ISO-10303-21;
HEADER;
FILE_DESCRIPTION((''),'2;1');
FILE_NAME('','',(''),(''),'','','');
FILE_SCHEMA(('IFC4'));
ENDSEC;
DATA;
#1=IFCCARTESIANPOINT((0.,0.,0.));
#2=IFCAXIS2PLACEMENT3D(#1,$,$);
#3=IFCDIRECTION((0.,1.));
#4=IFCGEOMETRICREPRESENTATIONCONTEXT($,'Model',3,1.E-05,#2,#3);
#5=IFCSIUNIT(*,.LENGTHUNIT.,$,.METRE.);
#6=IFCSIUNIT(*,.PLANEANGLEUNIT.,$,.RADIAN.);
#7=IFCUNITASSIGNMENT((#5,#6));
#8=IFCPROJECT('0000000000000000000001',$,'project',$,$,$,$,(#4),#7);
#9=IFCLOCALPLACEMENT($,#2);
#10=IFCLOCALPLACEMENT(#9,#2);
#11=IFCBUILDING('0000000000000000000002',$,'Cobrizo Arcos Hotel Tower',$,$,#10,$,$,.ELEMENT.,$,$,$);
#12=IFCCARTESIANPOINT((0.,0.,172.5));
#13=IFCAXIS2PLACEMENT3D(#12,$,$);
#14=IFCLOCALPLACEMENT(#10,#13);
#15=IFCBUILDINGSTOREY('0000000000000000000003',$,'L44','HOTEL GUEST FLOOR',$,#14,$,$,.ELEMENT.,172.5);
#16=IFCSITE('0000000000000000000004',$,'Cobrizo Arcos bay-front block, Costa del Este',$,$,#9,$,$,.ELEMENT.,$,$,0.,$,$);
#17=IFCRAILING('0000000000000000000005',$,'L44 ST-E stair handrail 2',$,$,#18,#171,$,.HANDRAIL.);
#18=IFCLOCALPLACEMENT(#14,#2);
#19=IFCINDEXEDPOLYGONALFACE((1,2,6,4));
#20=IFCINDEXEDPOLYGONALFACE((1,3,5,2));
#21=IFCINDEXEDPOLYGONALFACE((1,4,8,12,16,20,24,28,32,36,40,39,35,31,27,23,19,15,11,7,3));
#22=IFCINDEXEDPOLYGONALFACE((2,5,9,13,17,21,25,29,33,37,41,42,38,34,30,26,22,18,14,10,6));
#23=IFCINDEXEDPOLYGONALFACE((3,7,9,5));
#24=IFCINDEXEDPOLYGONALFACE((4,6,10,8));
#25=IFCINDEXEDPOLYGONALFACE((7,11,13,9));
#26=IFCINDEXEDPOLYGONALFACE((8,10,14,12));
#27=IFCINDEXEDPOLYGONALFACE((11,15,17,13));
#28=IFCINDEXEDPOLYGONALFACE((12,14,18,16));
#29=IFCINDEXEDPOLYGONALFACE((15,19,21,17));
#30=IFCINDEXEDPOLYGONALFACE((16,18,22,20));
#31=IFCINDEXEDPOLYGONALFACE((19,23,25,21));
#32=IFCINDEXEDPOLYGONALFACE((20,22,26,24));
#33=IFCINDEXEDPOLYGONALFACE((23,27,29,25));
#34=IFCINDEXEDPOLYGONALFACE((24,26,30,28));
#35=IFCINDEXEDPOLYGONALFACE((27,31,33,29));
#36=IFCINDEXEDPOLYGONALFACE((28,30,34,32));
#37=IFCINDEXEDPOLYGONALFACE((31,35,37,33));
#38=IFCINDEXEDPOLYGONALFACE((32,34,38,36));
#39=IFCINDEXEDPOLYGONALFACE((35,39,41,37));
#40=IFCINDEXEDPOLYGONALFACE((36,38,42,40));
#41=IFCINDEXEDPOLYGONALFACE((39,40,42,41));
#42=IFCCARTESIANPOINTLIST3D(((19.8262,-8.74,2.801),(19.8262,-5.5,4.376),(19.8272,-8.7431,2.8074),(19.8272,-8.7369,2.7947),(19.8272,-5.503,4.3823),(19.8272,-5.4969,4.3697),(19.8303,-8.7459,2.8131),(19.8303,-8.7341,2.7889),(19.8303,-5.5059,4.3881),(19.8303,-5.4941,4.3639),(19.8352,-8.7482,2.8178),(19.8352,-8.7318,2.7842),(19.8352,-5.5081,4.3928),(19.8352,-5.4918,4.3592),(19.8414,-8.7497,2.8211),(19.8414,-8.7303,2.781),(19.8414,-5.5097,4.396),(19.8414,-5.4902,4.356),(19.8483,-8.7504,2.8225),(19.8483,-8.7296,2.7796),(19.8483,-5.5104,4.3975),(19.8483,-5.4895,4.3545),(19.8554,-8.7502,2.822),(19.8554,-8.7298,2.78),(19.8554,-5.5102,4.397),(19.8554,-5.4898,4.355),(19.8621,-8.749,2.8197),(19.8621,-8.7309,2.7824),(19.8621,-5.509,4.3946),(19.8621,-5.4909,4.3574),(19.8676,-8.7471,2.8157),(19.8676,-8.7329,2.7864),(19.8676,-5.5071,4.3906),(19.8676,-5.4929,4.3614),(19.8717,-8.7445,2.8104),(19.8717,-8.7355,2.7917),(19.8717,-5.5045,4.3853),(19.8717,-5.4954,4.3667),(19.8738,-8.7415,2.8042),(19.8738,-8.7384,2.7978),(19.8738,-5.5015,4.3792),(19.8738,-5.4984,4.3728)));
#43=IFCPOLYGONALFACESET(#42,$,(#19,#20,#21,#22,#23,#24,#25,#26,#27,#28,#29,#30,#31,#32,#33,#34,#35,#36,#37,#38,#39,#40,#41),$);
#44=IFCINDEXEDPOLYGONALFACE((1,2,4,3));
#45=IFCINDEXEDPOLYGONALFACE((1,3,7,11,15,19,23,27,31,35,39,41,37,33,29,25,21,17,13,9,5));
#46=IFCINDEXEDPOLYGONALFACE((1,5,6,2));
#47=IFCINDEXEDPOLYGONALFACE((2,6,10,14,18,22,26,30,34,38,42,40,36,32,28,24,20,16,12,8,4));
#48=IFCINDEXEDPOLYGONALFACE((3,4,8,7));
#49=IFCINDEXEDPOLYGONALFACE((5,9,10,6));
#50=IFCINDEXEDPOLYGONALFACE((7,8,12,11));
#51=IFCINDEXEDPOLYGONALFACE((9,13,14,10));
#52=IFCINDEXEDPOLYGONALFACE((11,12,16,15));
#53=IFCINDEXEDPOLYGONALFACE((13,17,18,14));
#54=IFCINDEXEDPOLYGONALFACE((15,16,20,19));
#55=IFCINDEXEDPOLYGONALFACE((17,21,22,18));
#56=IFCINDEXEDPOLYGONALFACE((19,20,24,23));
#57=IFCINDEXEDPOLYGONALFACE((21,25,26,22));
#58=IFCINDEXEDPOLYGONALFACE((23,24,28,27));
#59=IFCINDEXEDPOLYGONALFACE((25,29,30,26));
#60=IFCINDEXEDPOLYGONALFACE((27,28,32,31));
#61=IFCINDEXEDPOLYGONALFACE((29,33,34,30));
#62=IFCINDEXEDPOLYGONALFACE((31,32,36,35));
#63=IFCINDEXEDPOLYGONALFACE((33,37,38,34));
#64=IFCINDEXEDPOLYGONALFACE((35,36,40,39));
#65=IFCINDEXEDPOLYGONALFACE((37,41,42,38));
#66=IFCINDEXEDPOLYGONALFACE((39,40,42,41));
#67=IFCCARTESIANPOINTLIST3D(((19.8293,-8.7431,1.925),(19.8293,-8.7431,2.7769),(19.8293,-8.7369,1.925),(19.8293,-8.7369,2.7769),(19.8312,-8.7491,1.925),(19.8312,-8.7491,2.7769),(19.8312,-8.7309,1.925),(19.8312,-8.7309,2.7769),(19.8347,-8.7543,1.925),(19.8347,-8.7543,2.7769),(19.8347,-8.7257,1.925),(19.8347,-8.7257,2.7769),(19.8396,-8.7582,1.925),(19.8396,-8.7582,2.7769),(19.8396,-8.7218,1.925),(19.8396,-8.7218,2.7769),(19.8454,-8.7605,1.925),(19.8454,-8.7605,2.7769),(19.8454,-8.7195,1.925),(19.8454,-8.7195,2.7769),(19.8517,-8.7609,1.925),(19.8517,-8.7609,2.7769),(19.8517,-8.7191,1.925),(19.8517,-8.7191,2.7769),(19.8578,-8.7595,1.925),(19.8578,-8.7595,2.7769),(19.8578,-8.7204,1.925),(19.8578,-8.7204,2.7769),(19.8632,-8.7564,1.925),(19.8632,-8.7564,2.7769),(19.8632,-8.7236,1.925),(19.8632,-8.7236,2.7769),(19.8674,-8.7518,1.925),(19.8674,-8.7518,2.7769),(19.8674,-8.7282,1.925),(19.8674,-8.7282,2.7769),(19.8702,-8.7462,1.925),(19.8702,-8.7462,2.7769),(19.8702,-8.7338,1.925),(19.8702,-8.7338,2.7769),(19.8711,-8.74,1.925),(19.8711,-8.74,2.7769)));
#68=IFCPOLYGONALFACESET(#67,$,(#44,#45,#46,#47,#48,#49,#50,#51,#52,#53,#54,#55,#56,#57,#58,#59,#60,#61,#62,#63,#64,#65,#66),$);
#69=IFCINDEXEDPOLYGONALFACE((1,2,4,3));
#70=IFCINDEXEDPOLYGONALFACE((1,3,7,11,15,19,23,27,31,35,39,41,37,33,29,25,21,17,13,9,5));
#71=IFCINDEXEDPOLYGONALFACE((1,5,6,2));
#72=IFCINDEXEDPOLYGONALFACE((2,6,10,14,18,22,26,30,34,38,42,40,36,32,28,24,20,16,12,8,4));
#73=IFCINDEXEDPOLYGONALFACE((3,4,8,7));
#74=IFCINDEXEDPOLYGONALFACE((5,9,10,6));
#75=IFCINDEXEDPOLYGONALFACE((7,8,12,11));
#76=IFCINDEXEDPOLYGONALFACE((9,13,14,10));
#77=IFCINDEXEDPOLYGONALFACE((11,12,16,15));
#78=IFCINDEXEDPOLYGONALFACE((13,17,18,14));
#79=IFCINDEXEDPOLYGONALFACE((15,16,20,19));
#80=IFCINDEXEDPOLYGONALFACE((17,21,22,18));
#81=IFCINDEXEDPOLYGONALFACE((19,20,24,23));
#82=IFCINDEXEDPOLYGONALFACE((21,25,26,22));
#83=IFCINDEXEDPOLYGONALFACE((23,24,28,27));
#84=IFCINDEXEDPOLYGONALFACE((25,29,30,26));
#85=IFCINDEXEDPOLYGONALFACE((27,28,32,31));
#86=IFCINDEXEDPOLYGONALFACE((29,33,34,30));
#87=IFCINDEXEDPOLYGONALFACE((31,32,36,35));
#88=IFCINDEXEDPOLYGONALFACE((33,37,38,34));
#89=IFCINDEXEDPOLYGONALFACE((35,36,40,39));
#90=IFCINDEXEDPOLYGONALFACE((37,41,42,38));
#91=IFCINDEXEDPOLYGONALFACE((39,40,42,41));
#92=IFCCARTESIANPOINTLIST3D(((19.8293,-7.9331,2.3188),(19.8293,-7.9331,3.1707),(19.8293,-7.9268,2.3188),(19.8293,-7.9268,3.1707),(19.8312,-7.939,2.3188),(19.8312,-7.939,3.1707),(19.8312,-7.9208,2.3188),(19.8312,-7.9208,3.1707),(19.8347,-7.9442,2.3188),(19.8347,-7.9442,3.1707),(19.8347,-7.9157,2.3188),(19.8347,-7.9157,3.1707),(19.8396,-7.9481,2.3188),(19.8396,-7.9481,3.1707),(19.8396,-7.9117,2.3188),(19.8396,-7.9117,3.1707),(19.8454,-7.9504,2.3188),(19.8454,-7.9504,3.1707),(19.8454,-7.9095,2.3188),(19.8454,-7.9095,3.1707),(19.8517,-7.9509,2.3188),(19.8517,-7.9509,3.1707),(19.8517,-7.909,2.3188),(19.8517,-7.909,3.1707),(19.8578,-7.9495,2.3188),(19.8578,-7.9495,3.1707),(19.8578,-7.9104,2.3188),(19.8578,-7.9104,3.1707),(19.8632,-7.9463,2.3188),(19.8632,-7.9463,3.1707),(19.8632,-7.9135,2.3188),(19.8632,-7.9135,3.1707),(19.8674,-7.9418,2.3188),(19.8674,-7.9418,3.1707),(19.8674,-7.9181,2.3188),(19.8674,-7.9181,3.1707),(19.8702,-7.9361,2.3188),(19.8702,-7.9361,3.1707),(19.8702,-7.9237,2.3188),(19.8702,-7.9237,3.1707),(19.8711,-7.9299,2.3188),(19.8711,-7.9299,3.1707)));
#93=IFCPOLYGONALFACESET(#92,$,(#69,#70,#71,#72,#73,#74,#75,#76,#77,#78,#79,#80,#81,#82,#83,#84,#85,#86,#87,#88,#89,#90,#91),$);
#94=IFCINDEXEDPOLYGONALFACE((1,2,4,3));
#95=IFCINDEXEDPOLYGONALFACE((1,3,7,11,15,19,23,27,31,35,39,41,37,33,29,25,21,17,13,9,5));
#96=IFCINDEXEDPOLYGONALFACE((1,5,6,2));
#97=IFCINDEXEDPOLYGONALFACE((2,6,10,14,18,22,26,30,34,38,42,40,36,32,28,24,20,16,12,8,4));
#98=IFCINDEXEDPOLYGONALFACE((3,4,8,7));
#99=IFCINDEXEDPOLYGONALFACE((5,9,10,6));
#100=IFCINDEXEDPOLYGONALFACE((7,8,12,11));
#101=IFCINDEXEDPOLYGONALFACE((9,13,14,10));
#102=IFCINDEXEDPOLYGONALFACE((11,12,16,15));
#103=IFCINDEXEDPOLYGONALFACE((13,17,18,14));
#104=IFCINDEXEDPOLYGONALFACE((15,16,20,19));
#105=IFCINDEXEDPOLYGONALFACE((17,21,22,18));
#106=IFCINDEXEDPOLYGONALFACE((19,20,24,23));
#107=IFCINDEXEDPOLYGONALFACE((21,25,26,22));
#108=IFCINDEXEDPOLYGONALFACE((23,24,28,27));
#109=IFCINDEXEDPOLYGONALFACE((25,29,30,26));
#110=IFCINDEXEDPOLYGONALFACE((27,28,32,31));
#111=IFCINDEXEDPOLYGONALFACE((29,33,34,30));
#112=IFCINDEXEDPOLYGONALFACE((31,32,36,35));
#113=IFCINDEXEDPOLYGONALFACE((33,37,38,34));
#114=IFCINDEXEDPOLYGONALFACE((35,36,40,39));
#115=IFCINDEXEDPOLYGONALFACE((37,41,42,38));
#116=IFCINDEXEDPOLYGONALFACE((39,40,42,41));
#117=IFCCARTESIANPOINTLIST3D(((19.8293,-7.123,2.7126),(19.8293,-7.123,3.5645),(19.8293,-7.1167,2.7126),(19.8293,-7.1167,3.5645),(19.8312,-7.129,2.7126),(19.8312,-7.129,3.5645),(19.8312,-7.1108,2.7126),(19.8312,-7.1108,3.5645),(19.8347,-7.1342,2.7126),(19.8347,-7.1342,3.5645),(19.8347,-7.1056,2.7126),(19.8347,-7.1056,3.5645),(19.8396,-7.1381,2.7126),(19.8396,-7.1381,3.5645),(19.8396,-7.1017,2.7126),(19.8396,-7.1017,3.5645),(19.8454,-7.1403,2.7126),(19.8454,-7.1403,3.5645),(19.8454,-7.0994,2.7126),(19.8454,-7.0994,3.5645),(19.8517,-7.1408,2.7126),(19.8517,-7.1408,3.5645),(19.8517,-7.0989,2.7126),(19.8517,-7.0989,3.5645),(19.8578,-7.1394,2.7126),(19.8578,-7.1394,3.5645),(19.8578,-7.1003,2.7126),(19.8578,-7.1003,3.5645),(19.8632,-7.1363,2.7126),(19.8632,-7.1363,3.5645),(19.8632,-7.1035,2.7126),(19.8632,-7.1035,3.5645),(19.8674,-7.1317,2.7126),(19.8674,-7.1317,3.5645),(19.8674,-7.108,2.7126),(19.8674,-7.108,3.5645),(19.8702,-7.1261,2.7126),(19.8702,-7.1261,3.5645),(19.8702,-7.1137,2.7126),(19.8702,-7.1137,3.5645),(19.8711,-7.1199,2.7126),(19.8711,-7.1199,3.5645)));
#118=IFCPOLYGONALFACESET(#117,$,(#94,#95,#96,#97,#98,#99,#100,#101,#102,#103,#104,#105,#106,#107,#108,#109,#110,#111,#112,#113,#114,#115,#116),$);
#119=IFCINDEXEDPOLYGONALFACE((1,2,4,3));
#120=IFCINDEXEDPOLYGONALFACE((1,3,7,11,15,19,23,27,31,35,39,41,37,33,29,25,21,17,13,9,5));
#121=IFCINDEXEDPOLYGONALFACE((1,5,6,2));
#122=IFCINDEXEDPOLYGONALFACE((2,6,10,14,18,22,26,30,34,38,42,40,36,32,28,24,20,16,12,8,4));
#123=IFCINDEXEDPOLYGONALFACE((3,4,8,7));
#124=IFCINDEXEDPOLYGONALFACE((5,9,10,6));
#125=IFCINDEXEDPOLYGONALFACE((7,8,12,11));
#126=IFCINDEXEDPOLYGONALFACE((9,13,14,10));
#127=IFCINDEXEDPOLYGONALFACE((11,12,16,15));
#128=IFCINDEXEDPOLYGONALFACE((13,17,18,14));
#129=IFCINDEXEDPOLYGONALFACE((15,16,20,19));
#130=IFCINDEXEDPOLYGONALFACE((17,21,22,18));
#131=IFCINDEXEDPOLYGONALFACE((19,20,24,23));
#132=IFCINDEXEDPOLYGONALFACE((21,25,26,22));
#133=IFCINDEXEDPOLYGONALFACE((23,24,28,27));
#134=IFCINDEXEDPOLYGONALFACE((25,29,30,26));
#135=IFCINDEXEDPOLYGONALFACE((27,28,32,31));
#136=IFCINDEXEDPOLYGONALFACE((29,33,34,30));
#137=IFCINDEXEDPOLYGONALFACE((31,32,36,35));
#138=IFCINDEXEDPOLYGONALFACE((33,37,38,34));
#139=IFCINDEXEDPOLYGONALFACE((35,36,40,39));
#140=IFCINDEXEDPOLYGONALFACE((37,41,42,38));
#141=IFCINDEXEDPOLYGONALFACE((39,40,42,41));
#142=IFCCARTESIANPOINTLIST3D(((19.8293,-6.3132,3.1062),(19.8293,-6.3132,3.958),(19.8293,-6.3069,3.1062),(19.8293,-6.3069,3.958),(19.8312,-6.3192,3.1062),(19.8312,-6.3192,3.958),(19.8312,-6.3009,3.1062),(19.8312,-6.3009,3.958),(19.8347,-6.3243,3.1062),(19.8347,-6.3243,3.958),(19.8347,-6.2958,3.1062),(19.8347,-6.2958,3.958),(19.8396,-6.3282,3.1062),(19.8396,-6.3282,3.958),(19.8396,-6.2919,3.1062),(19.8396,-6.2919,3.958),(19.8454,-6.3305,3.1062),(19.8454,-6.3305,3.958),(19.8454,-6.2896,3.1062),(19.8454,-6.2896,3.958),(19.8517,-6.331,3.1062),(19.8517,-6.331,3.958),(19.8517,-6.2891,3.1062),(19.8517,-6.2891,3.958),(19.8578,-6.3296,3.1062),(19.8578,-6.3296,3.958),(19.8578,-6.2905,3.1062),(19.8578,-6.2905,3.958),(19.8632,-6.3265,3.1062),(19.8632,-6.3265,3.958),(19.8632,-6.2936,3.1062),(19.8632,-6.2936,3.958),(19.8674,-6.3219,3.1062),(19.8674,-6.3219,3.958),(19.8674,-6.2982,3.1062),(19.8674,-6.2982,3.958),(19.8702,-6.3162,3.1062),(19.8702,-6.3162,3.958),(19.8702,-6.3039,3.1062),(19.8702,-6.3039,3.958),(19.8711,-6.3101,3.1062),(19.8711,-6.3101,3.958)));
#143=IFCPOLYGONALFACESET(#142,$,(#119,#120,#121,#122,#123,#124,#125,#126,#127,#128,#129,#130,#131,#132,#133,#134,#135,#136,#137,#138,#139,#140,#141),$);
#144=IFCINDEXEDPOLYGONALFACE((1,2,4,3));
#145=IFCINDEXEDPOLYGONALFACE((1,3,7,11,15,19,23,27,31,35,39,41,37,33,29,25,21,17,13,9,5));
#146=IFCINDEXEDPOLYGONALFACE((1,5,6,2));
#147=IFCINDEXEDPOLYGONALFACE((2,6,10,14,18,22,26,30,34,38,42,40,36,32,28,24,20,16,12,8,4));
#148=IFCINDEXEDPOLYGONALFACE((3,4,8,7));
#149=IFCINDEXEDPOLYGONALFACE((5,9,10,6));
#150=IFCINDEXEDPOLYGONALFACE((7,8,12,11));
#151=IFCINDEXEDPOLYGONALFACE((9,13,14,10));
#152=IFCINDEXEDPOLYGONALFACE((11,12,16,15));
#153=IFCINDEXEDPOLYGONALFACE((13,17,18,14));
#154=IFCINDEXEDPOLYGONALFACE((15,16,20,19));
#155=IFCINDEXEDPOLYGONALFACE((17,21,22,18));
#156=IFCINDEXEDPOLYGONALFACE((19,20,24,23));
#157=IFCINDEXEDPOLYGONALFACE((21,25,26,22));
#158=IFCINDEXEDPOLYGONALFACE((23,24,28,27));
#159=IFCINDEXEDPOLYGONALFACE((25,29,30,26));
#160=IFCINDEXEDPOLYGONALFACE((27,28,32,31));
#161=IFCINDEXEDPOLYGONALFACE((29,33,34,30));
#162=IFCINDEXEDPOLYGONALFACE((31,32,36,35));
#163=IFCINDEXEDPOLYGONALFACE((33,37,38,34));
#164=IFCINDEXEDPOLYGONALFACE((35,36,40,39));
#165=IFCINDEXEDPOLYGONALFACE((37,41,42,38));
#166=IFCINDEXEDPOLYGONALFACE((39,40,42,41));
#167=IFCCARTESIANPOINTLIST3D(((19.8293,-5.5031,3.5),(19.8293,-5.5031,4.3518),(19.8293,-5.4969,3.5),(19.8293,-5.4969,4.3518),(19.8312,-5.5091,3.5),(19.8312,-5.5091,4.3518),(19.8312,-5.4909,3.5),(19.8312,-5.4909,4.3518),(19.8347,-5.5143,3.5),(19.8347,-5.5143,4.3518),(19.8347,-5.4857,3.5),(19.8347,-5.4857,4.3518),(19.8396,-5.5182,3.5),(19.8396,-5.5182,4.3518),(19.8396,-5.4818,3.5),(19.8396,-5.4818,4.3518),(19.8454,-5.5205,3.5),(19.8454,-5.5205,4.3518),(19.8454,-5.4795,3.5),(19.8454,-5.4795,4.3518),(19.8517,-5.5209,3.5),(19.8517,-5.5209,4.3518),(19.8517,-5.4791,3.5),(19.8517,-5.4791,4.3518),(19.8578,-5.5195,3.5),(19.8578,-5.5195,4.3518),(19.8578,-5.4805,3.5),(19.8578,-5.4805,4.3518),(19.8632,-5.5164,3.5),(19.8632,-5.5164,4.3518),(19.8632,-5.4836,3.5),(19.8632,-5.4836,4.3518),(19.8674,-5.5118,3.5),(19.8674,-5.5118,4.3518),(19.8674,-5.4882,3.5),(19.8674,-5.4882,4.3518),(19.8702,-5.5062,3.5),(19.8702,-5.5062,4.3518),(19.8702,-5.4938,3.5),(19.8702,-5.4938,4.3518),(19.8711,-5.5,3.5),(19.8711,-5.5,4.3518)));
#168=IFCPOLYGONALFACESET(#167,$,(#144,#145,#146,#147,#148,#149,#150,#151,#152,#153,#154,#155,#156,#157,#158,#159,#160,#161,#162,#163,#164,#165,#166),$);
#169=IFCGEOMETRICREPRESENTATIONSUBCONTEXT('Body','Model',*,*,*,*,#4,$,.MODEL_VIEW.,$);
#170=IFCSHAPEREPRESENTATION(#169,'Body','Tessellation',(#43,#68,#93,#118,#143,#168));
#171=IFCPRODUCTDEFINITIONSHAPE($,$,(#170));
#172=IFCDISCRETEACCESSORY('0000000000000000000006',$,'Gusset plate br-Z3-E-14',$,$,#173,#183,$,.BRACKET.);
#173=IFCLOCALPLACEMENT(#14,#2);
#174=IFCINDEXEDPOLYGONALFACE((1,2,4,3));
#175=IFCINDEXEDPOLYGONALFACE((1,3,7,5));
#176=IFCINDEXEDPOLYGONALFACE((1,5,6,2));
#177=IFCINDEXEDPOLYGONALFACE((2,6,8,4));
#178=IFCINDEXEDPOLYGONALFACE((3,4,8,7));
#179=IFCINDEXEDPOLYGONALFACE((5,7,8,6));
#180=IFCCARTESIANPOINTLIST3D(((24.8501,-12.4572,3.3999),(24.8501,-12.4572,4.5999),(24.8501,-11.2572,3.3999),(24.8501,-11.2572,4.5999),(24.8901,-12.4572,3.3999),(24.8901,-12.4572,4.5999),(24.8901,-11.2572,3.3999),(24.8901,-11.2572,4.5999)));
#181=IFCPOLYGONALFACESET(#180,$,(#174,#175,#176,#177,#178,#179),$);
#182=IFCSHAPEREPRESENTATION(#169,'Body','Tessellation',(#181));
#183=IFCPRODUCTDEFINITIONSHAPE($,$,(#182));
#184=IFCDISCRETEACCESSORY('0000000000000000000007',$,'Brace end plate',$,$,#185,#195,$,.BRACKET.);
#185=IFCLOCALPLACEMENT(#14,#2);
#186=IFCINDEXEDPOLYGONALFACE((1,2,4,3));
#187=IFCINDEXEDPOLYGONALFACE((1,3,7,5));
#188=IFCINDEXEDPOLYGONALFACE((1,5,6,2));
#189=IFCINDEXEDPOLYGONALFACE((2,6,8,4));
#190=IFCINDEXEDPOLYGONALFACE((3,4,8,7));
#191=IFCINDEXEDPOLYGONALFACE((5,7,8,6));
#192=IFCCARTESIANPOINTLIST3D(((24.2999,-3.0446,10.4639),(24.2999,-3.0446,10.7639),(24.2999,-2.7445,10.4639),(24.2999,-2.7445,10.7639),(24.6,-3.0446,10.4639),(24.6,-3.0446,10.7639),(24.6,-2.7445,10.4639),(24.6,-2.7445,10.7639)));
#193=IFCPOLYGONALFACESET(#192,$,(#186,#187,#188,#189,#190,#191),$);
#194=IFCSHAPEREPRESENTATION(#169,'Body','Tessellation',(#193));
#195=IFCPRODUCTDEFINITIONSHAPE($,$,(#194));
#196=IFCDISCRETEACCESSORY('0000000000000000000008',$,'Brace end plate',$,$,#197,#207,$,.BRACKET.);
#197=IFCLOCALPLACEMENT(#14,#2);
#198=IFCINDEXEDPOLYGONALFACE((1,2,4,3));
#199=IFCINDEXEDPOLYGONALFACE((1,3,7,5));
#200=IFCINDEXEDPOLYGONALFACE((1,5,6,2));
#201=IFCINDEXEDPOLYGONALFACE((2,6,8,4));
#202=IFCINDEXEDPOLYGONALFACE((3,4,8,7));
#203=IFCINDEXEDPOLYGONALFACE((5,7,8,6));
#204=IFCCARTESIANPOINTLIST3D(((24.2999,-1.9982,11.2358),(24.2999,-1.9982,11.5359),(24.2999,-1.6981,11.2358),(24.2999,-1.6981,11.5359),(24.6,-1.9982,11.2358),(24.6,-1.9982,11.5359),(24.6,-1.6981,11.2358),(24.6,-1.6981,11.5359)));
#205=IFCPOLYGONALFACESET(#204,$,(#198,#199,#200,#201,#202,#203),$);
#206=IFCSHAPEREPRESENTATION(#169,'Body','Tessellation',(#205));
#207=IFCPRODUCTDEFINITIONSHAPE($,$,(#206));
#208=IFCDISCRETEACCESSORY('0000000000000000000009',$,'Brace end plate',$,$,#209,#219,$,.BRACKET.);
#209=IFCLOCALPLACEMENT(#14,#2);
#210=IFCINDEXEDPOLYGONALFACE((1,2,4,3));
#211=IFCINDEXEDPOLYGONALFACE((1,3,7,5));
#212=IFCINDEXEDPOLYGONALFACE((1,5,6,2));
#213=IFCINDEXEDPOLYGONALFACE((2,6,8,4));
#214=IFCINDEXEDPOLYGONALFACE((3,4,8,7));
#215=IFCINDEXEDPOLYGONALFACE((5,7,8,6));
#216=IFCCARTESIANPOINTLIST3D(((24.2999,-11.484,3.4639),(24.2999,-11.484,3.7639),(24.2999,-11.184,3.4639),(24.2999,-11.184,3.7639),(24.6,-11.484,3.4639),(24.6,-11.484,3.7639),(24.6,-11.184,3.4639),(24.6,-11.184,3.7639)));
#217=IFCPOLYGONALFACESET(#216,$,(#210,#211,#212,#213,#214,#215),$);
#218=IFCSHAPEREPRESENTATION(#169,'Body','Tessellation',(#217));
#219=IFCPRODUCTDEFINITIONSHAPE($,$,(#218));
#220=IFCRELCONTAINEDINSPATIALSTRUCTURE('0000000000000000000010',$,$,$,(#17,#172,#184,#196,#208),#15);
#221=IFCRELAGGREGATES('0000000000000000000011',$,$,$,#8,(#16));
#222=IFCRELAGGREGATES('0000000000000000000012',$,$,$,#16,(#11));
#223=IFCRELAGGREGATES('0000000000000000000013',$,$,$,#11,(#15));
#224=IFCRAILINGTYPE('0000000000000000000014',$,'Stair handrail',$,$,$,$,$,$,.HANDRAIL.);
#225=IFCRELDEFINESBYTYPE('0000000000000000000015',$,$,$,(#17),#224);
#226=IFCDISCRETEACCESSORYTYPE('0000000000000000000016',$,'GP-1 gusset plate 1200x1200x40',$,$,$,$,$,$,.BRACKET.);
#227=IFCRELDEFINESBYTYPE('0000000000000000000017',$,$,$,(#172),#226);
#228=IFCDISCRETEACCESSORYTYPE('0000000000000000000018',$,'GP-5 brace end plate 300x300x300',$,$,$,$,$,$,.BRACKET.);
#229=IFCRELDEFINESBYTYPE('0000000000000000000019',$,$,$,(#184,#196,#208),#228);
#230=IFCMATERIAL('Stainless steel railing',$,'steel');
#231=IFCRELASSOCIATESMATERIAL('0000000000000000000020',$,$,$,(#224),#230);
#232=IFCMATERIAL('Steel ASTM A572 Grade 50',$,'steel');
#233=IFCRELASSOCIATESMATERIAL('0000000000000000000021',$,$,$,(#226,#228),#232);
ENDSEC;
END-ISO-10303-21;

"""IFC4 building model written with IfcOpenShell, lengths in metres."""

from ifc_helpers import new_model, si_unit, direction, frame, origin, origin_2d, place, context, subcontext, project, spatial, rectangle, circle, extrude, material, type_object, element, save


model = new_model("IFC4")

# Units and contexts
model_context = context("Model", 3, precision=1e-05, world=origin(), true_north=direction((0.0, 1.0)))
body_context = subcontext(model_context, "Body", "Model", "MODEL_VIEW")
ifc_project = project(units=[si_unit("LENGTHUNIT", "METRE"), si_unit("PLANEANGLEUNIT", "RADIAN")], contexts=[model_context])

# Site, building, storey
site_placement = place(None, origin())
site = spatial("IfcSite", under=ifc_project, at=site_placement, Name="Cobrizo Arcos bay-front block, Costa del Este", CompositionType="ELEMENT", RefElevation=0.0)
building_placement = place(site_placement, origin())
building = spatial("IfcBuilding", under=site, at=building_placement, Name="Cobrizo Arcos Hotel Tower", CompositionType="ELEMENT")
storey_placement = place(building_placement, frame((0.0, 0.0, 172.5)))
storey = spatial("IfcBuildingStorey", under=building, at=storey_placement, Name="L44", Description="HOTEL GUEST FLOOR", CompositionType="ELEMENT", Elevation=172.5)

# Shared definitions
ifc_material_1 = material(Name="Steel ASTM A572 Grade 50", Category="steel")

# Railing
ifc_material_2 = material(Name="Stainless steel railing", Category="steel")
railing_type_1 = type_object("IfcRailingType", Name="Stair handrail", PredefinedType="HANDRAIL", material=ifc_material_2)
railing_1_placement = place(storey_placement, frame((19.8501, -8.74, 1.925)))
element("IfcRailing", 1, at=railing_1_placement, inside=storey, type_object=railing_type_1, Name="L44 ST-E stair handrail 2", PredefinedType="HANDRAIL", context=body_context, shape_type="SweptSolid", body=[
    extrude(circle(Radius=0.0239, at=origin_2d()), frame((0.0, 0.0, 0.876), z_axis=(0.0, 0.899373, 0.437183), x_axis=(-1.0, 0.0, 0.0)), (0.0, 0.0, 1.0), 3.6025),
    extrude(circle(Radius=0.021, at=origin_2d()), origin(), (0.0, 0.0, 1.0), 0.8518),
    extrude(circle(Radius=0.021, at=origin_2d()), frame((0.0, 0.8101, 0.3938)), (0.0, 0.0, 1.0), 0.8518),
    extrude(circle(Radius=0.021, at=origin_2d()), frame((0.0, 1.6201, 0.7876)), (0.0, 0.0, 1.0), 0.8518),
    extrude(circle(Radius=0.021, at=origin_2d()), frame((0.0, 2.4299, 1.1812)), (0.0, 0.0, 1.0), 0.8518),
    extrude(circle(Radius=0.021, at=origin_2d()), frame((0.0, 3.24, 1.575)), (0.0, 0.0, 1.0), 0.8518),
])

# Discrete accessories
discrete_accessory_type_1 = type_object("IfcDiscreteAccessoryType", Name="GP-1 gusset plate 1200x1200x40", PredefinedType="BRACKET", material=ifc_material_1)
discrete_accessory_placement = place(storey_placement, frame((24.8701, -11.8572, 3.3999), z_axis=(0.0, 0.0, 1.0), x_axis=(1.0, 0.0, 0.0)))
element("IfcDiscreteAccessory", 2, at=discrete_accessory_placement, inside=storey, type_object=discrete_accessory_type_1, Name="Gusset plate br-Z3-E-14", PredefinedType="BRACKET", context=body_context, shape_type="SweptSolid", body=[
    extrude(rectangle(XDim=0.04, YDim=1.2, at=origin_2d()), origin(), (0.0, 0.0, 1.0), 1.2),
])
discrete_accessory_type_2 = type_object("IfcDiscreteAccessoryType", Name="GP-5 brace end plate 300x300x300", PredefinedType="BRACKET", material=ifc_material_1)
for number, where, z_axis, x_axis, name in (
    (3, (24.45, -2.8945, 10.4639), (0.0, 0.0, 1.0), (1.0, 0.0, 0.0), "Brace end plate"),
    (4, (24.45, -1.8481, 11.2358), (0.0, 0.0, 1.0), (1.0, 0.0, 0.0), "Brace end plate"),
    (5, (24.45, -11.334, 3.4639), (0.0, 0.0, 1.0), (1.0, 0.0, 0.0), "Brace end plate"),
):
    element("IfcDiscreteAccessory", number, at=place(storey_placement, frame(where, z_axis=z_axis, x_axis=x_axis)), inside=storey, type_object=discrete_accessory_type_2, Name=name, PredefinedType="BRACKET", context=body_context, shape_type="SweptSolid", body=[
        extrude(rectangle(XDim=0.3, YDim=0.3, at=origin_2d()), origin(), (0.0, 0.0, 1.0), 0.3),
    ])

save(model, "model.ifc")
